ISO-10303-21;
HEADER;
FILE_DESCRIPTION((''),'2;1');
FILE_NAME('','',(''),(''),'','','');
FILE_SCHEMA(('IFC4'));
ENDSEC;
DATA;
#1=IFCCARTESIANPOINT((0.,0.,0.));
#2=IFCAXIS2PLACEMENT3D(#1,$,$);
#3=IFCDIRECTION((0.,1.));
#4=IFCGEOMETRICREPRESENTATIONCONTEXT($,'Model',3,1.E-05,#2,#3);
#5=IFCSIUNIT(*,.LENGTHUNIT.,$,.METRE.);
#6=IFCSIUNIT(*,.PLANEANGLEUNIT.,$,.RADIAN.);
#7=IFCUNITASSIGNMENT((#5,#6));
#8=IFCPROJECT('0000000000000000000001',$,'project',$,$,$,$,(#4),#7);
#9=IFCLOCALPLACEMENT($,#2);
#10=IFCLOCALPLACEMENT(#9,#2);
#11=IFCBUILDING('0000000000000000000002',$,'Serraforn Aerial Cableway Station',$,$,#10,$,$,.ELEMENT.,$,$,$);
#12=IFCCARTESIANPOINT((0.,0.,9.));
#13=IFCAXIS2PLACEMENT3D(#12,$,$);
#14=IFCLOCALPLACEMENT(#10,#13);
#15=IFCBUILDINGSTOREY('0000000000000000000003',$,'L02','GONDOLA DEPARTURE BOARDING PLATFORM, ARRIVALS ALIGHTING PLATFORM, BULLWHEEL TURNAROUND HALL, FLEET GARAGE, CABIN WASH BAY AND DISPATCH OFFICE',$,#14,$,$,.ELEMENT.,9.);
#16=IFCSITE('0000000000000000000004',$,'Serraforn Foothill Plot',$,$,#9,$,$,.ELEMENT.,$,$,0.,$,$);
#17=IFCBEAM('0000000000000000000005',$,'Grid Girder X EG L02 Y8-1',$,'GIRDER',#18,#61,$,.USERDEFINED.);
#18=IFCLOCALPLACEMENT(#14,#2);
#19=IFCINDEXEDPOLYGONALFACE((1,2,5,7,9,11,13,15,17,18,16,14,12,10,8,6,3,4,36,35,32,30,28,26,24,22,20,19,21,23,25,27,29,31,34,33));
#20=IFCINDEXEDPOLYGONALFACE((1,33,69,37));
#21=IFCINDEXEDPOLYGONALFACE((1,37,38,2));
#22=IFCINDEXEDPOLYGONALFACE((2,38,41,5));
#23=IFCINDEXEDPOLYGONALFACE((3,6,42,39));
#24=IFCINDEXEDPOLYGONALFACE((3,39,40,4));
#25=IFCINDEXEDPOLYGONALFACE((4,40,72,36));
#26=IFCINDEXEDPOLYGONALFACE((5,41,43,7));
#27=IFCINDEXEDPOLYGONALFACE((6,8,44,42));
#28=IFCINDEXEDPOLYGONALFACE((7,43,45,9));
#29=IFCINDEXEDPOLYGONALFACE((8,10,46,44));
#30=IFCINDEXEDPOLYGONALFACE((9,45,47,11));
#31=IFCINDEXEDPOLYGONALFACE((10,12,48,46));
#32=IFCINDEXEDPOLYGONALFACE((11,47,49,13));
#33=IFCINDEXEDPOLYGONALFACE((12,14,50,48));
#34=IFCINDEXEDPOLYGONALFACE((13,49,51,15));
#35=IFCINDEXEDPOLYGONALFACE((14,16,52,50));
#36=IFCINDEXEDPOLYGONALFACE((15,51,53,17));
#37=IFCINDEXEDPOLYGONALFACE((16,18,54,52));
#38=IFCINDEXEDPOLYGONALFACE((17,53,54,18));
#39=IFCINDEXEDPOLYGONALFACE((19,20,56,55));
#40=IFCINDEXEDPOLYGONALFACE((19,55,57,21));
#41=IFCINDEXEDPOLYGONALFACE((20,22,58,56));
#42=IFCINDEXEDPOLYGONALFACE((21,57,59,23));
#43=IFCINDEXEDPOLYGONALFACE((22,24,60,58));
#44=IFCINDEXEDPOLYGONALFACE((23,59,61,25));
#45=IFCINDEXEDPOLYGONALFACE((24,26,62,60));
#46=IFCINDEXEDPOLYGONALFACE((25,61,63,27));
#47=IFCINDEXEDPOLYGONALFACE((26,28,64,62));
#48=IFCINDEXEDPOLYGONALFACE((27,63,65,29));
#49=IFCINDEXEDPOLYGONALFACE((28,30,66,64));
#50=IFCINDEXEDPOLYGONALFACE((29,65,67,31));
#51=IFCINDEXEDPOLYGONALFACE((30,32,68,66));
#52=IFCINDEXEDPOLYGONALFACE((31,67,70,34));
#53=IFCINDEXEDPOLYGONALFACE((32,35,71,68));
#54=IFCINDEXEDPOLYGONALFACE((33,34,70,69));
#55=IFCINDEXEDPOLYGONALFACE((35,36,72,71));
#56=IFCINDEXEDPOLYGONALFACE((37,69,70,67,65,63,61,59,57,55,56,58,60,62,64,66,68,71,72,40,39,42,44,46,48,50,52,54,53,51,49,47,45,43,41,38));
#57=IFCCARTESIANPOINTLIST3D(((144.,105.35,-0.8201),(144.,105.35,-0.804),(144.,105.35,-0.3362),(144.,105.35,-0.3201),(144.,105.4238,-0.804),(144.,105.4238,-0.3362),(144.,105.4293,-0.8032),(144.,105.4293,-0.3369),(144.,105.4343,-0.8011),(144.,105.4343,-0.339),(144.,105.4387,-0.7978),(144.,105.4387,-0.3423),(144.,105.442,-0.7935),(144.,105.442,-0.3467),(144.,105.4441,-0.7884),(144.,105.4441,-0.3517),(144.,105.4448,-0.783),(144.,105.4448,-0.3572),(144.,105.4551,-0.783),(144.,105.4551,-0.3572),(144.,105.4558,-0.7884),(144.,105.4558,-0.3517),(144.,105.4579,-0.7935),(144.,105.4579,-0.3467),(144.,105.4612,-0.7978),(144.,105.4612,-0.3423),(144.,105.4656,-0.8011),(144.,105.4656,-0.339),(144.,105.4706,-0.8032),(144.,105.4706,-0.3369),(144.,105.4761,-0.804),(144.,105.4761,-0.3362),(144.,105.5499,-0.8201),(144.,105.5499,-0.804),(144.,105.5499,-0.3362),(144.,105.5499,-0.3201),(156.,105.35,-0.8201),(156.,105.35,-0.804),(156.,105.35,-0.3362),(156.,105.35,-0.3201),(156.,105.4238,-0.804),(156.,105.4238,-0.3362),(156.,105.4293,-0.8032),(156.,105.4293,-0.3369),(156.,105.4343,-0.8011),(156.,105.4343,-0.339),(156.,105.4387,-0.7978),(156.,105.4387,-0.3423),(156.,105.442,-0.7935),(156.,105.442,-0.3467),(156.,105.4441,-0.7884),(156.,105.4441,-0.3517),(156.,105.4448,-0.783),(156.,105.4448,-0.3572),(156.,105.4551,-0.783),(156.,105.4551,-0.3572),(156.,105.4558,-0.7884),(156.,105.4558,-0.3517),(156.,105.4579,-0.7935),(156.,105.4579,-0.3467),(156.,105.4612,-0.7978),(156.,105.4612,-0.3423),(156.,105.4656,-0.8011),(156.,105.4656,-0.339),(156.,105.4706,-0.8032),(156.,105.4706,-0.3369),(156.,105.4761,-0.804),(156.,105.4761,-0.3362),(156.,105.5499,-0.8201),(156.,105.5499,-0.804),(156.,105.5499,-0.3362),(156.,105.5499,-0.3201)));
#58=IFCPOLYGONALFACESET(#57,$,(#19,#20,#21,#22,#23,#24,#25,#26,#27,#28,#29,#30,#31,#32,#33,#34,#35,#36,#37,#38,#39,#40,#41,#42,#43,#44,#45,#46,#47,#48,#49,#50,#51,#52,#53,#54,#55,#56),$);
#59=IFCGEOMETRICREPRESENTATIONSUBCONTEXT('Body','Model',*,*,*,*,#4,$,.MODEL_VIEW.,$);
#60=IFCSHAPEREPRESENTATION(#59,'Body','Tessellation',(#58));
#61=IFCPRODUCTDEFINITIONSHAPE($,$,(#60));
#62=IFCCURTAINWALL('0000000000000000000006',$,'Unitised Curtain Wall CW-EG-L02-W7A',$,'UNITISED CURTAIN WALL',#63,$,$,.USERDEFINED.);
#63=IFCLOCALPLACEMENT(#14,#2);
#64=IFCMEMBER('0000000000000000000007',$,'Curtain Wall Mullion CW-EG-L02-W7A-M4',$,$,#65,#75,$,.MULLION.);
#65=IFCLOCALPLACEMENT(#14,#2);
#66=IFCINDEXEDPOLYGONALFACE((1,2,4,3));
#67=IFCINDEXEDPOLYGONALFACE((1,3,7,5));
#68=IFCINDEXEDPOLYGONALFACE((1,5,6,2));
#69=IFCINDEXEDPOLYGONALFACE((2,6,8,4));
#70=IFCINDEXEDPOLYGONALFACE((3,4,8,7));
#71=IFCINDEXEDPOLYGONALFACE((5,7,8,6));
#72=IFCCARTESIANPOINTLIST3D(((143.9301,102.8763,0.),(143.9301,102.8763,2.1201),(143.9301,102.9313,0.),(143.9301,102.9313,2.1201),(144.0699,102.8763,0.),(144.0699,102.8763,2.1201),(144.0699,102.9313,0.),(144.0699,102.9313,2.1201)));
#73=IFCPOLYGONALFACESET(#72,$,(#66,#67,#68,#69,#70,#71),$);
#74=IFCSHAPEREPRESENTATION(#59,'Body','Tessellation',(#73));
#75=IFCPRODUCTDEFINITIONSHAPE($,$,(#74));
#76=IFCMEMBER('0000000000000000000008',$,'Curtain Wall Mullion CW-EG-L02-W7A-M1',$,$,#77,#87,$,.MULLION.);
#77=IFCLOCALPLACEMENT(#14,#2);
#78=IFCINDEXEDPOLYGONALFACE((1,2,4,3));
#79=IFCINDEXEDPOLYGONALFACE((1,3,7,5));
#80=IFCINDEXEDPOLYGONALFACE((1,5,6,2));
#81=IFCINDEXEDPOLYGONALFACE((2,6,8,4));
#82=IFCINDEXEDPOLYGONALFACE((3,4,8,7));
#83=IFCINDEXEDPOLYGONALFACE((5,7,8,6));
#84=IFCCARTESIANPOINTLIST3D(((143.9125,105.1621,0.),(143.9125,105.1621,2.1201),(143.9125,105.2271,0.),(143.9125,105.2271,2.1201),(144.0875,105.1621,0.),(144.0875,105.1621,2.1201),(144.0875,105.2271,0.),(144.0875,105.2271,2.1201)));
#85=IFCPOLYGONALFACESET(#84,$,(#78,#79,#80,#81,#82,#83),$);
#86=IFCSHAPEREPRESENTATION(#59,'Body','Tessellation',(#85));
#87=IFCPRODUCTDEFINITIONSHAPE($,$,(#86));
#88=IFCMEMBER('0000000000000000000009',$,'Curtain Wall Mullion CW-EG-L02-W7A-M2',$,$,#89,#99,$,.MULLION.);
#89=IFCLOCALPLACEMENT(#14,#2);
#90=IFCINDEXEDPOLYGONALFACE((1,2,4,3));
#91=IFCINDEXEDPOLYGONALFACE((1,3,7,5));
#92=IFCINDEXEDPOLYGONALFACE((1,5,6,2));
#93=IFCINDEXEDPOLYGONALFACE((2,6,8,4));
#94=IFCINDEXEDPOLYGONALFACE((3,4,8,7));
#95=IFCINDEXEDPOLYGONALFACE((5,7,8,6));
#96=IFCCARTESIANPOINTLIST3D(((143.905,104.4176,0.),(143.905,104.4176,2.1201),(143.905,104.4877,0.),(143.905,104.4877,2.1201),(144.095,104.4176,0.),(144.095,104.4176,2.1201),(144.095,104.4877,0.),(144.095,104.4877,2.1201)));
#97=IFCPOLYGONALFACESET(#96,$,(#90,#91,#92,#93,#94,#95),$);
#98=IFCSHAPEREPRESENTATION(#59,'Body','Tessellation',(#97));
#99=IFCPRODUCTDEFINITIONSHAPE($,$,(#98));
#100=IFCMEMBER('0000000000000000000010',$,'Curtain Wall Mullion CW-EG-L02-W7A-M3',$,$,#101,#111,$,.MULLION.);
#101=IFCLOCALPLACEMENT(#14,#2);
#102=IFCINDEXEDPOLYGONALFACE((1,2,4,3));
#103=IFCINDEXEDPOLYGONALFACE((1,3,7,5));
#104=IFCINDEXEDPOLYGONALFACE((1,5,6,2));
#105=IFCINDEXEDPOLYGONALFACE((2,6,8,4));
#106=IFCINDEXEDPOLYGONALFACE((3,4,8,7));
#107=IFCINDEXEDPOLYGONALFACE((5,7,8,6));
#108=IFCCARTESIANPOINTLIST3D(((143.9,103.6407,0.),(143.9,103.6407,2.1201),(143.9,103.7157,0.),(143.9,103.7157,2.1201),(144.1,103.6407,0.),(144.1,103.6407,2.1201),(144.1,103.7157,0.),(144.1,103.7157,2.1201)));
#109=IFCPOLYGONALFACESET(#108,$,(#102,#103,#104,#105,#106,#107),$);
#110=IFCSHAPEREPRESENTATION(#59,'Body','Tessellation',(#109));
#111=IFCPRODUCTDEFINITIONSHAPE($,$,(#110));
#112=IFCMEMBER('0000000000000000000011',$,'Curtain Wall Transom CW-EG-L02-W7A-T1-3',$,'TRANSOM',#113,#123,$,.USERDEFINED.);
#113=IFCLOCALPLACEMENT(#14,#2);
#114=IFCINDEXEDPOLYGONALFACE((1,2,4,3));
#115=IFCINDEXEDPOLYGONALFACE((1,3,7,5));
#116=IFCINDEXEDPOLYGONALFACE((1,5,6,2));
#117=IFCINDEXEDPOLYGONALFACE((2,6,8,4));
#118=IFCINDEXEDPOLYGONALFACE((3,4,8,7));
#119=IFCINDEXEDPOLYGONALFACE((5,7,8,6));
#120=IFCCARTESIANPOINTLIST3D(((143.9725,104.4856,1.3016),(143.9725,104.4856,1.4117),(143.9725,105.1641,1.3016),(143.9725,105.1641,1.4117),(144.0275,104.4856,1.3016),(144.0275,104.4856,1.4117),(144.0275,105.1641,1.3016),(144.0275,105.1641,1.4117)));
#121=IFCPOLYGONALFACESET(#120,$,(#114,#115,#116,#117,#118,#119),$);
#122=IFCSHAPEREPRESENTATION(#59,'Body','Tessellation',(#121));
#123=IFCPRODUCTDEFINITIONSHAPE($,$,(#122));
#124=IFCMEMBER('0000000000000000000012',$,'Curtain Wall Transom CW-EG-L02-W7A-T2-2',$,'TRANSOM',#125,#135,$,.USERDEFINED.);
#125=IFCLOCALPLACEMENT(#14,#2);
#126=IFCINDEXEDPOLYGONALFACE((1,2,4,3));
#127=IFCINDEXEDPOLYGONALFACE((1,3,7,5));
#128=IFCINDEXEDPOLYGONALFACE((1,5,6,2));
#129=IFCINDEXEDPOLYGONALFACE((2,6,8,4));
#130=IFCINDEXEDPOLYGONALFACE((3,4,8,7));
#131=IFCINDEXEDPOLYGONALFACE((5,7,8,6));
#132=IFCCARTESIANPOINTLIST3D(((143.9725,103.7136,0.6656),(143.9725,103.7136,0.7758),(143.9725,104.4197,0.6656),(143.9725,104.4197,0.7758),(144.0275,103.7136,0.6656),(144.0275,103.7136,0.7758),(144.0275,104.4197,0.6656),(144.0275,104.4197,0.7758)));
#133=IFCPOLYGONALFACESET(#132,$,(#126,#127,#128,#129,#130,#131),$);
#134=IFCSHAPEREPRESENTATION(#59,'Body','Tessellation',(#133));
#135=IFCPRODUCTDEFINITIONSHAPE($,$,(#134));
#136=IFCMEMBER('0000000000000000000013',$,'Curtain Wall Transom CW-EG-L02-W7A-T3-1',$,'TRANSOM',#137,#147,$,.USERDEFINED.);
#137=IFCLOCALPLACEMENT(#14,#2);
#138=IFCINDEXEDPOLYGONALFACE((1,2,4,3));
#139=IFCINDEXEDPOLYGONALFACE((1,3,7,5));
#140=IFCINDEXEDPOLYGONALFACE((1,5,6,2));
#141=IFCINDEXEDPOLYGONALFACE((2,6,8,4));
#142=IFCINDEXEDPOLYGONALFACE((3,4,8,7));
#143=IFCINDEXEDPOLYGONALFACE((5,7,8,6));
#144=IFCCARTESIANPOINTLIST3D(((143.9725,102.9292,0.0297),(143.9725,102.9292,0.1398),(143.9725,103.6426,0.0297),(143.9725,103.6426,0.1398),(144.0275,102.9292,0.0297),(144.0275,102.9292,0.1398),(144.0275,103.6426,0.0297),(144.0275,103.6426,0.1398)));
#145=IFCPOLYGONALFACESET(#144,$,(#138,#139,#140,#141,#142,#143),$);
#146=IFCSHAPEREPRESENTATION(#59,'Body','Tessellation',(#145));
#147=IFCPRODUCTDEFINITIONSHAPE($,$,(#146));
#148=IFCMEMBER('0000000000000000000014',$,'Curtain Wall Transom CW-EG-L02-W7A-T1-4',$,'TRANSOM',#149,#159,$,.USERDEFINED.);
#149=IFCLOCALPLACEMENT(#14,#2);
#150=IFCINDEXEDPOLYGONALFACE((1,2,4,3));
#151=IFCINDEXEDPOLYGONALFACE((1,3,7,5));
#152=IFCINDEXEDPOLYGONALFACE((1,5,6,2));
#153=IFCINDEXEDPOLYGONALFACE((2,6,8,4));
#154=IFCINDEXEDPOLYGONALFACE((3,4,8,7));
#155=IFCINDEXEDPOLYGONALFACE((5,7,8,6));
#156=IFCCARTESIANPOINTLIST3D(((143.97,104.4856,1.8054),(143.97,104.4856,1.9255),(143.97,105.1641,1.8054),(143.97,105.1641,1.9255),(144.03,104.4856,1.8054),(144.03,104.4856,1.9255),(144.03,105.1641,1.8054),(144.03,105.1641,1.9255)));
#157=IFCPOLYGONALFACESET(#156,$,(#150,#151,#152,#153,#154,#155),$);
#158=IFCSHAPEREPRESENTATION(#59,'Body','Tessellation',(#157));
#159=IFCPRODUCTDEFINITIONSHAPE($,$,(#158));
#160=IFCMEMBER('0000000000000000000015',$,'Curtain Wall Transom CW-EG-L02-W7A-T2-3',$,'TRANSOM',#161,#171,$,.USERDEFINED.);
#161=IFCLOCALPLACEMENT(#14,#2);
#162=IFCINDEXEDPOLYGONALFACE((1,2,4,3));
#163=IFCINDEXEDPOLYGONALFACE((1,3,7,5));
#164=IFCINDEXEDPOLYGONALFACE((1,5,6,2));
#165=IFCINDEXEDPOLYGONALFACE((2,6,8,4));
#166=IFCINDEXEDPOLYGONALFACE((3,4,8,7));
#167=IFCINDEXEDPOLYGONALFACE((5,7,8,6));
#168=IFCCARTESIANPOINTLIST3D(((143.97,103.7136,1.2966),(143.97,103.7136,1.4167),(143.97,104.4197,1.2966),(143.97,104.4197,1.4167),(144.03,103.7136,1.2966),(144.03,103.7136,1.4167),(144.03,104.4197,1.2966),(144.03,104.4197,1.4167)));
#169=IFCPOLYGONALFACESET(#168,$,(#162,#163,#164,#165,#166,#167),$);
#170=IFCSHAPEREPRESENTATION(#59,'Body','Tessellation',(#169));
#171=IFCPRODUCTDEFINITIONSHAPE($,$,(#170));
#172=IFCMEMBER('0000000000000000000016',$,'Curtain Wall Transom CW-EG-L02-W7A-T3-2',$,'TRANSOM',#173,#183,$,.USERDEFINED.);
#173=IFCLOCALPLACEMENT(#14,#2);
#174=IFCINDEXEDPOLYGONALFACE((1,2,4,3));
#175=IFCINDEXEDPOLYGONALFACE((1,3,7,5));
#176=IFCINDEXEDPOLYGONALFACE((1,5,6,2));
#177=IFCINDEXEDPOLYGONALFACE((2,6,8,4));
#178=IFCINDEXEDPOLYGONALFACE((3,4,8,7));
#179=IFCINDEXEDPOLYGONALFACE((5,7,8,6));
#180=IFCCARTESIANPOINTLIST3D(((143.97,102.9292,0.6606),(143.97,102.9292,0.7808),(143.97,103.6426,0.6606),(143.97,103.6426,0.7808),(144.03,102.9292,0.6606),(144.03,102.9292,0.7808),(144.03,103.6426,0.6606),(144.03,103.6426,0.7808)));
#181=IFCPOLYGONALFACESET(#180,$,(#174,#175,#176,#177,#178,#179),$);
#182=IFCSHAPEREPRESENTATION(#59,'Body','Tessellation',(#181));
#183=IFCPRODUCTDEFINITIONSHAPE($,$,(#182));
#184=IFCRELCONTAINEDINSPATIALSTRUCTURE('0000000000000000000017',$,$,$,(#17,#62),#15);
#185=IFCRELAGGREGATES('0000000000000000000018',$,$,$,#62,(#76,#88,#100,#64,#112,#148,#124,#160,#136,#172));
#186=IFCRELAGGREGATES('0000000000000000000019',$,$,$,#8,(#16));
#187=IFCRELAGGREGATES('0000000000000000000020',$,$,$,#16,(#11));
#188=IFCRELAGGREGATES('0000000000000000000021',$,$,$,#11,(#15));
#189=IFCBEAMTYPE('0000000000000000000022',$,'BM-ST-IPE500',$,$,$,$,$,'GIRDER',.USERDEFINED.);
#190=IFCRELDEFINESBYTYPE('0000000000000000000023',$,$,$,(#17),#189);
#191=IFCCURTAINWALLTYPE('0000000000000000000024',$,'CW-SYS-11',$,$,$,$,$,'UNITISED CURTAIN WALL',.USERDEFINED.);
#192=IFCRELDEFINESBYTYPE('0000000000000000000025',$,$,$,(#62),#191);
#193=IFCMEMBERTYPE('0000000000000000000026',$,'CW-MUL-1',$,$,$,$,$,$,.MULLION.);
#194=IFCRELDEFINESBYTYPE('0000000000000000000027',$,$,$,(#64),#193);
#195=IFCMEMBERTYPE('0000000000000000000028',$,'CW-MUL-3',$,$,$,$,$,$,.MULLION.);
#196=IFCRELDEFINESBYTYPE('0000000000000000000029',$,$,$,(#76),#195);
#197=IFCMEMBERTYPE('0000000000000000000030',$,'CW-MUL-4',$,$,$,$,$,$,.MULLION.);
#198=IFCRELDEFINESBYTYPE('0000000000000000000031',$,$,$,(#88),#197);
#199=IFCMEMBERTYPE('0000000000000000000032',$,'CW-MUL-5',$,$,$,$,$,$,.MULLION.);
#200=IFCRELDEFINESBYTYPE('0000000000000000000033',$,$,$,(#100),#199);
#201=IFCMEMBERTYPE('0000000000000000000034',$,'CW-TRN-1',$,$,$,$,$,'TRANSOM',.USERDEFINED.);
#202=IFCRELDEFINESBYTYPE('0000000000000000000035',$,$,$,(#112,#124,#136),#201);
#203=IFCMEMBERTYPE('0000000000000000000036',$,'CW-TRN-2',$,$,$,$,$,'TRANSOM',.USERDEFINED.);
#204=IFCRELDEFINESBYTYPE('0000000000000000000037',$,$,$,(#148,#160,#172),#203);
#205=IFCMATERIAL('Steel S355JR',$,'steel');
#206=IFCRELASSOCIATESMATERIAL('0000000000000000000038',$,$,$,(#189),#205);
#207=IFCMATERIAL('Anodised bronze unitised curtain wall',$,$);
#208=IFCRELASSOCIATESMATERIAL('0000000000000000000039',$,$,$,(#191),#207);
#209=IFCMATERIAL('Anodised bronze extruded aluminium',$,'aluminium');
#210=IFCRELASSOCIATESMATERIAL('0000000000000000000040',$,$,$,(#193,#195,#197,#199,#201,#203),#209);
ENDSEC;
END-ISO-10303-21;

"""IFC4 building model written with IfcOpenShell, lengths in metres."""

from ifc_helpers import new_model, si_unit, direction, frame, origin, origin_2d, place, context, subcontext, project, spatial, rectangle, i_section, extrude, material, material_profile, profile_set, type_object, element, aggregate, save


model = new_model("IFC4")

# Units and contexts
model_context = context("Model", 3, precision=1e-05, world=origin(), true_north=direction((0.0, 1.0)))
body_context = subcontext(model_context, "Body", "Model", "MODEL_VIEW")
ifc_project = project(units=[si_unit("LENGTHUNIT", "METRE"), si_unit("PLANEANGLEUNIT", "RADIAN")], contexts=[model_context])

# Site, building, storey
site_placement = place(None, origin())
site = spatial("IfcSite", under=ifc_project, at=site_placement, Name="Serraforn Foothill Plot", CompositionType="ELEMENT", RefElevation=0.0)
building_placement = place(site_placement, origin())
building = spatial("IfcBuilding", under=site, at=building_placement, Name="Serraforn Aerial Cableway Station", CompositionType="ELEMENT")
storey_placement = place(building_placement, frame((0.0, 0.0, 9.0)))
storey = spatial("IfcBuildingStorey", under=building, at=storey_placement, Name="L02", Description="GONDOLA DEPARTURE BOARDING PLATFORM, ARRIVALS ALIGHTING PLATFORM, BULLWHEEL TURNAROUND HALL, FLEET GARAGE, CABIN WASH BAY AND DISPATCH OFFICE", CompositionType="ELEMENT", Elevation=9.0)

# Beam
ifc_material_1 = material(Name="Steel S355JR", Category="steel")
ifc_material_profile_1 = material_profile(ifc_material_1, i_section(OverallWidth=0.2, OverallDepth=0.5, WebThickness=0.0103, FlangeThickness=0.0161, FilletRadius=0.021, at=origin_2d()), Name="IPE 500")
ifc_profile_set_1 = profile_set([ifc_material_profile_1], Name="Steel S355JR")
beam_type_1 = type_object("IfcBeamType", Name="BM-ST-IPE500", ElementType="GIRDER", PredefinedType="USERDEFINED", material=ifc_profile_set_1)
beam_1_placement = place(storey_placement, frame((144.0, 105.45, -0.5701), z_axis=(1.0, 0.0, 0.0), x_axis=(0.0, 1.0, 0.0)))
element("IfcBeam", 1, at=beam_1_placement, inside=storey, type_object=beam_type_1, Name="Grid Girder X EG L02 Y8-1", ObjectType="GIRDER", PredefinedType="USERDEFINED", context=body_context, shape_type="SweptSolid", body=[
    extrude(i_section(OverallWidth=0.2, OverallDepth=0.5, WebThickness=0.0103, FlangeThickness=0.0161, FilletRadius=0.021, at=origin_2d()), origin(), (0.0, 0.0, 1.0), 12.0),
])

# Curtain wall, members
ifc_material_2 = material(Name="Anodised bronze unitised curtain wall")
curtain_wall_type = type_object("IfcCurtainWallType", Name="CW-SYS-11", ElementType="UNITISED CURTAIN WALL", PredefinedType="USERDEFINED", material=ifc_material_2)
curtain_wall_placement = place(storey_placement, origin())
curtain_wall = element("IfcCurtainWall", 2, at=curtain_wall_placement, inside=storey, type_object=curtain_wall_type, Name="Unitised Curtain Wall CW-EG-L02-W7A", ObjectType="UNITISED CURTAIN WALL", PredefinedType="USERDEFINED")
ifc_material_3 = material(Name="Anodised bronze extruded aluminium", Category="aluminium")
ifc_material_profile_2 = material_profile(ifc_material_3, rectangle(XDim=0.0549, YDim=0.1399, at=origin_2d()), Name="CW MULLION 55x140")
ifc_profile_set_2 = profile_set([ifc_material_profile_2], Name="Anodised bronze extruded aluminium")
member_type_1 = type_object("IfcMemberType", Name="CW-MUL-1", PredefinedType="MULLION", material=ifc_profile_set_2)
member_1_placement = place(storey_placement, frame((144.0, 102.9038, 0.0), z_axis=(0.0, 0.0, 1.0), x_axis=(0.0, -1.0, 0.0)))
member_1 = element("IfcMember", 3, at=member_1_placement, type_object=member_type_1, Name="Curtain Wall Mullion CW-EG-L02-W7A-M4", PredefinedType="MULLION", context=body_context, shape_type="SweptSolid", body=[
    extrude(rectangle(XDim=0.0549, YDim=0.1399, at=origin_2d()), origin(), (0.0, 0.0, 1.0), 2.1201),
])
ifc_material_profile_3 = material_profile(ifc_material_3, rectangle(XDim=0.0649, YDim=0.175, at=origin_2d()), Name="CW MULLION 65x175")
ifc_profile_set_3 = profile_set([ifc_material_profile_3], Name="Anodised bronze extruded aluminium")
member_type_2 = type_object("IfcMemberType", Name="CW-MUL-3", PredefinedType="MULLION", material=ifc_profile_set_3)
member_2_placement = place(storey_placement, frame((144.0, 105.1946, 0.0), z_axis=(0.0, 0.0, 1.0), x_axis=(0.0, -1.0, 0.0)))
member_2 = element("IfcMember", 4, at=member_2_placement, type_object=member_type_2, Name="Curtain Wall Mullion CW-EG-L02-W7A-M1", PredefinedType="MULLION", context=body_context, shape_type="SweptSolid", body=[
    extrude(rectangle(XDim=0.0649, YDim=0.175, at=origin_2d()), origin(), (0.0, 0.0, 1.0), 2.1201),
])
ifc_material_profile_4 = material_profile(ifc_material_3, rectangle(XDim=0.0701, YDim=0.1899, at=origin_2d()), Name="CW MULLION 70x190")
ifc_profile_set_4 = profile_set([ifc_material_profile_4], Name="Anodised bronze extruded aluminium")
member_type_3 = type_object("IfcMemberType", Name="CW-MUL-4", PredefinedType="MULLION", material=ifc_profile_set_4)
member_3_placement = place(storey_placement, frame((144.0, 104.4526, 0.0), z_axis=(0.0, 0.0, 1.0), x_axis=(0.0, -1.0, 0.0)))
member_3 = element("IfcMember", 5, at=member_3_placement, type_object=member_type_3, Name="Curtain Wall Mullion CW-EG-L02-W7A-M2", PredefinedType="MULLION", context=body_context, shape_type="SweptSolid", body=[
    extrude(rectangle(XDim=0.0701, YDim=0.1899, at=origin_2d()), origin(), (0.0, 0.0, 1.0), 2.1201),
])
ifc_material_profile_5 = material_profile(ifc_material_3, rectangle(XDim=0.075, YDim=0.2, at=origin_2d()), Name="CW MULLION 75x200")
ifc_profile_set_5 = profile_set([ifc_material_profile_5], Name="Anodised bronze extruded aluminium")
member_type_4 = type_object("IfcMemberType", Name="CW-MUL-5", PredefinedType="MULLION", material=ifc_profile_set_5)
member_4_placement = place(storey_placement, frame((144.0, 103.6782, 0.0), z_axis=(0.0, 0.0, 1.0), x_axis=(0.0, -1.0, 0.0)))
member_4 = element("IfcMember", 6, at=member_4_placement, type_object=member_type_4, Name="Curtain Wall Mullion CW-EG-L02-W7A-M3", PredefinedType="MULLION", context=body_context, shape_type="SweptSolid", body=[
    extrude(rectangle(XDim=0.075, YDim=0.2, at=origin_2d()), origin(), (0.0, 0.0, 1.0), 2.1201),
])
ifc_material_profile_6 = material_profile(ifc_material_3, rectangle(XDim=0.0549, YDim=0.1101, at=origin_2d()), Name="CW TRANSOM 55x110")
ifc_profile_set_6 = profile_set([ifc_material_profile_6], Name="Anodised bronze extruded aluminium")
member_type_5 = type_object("IfcMemberType", Name="CW-TRN-1", ElementType="TRANSOM", PredefinedType="USERDEFINED", material=ifc_profile_set_6)
member_5_placement = place(storey_placement, frame((144.0, 105.1641, 1.3567), z_axis=(0.0, -1.0, 0.0), x_axis=(1.0, 0.0, 0.0)))
member_5 = element("IfcMember", 7, at=member_5_placement, type_object=member_type_5, Name="Curtain Wall Transom CW-EG-L02-W7A-T1-3", ObjectType="TRANSOM", PredefinedType="USERDEFINED", context=body_context, shape_type="SweptSolid", body=[
    extrude(rectangle(XDim=0.0549, YDim=0.1101, at=origin_2d()), origin(), (0.0, 0.0, 1.0), 0.6785),
])
member_6_placement = place(storey_placement, frame((144.0, 104.4197, 0.7207), z_axis=(0.0, -1.0, 0.0), x_axis=(1.0, 0.0, 0.0)))
member_6 = element("IfcMember", 8, at=member_6_placement, type_object=member_type_5, Name="Curtain Wall Transom CW-EG-L02-W7A-T2-2", ObjectType="TRANSOM", PredefinedType="USERDEFINED", context=body_context, shape_type="SweptSolid", body=[
    extrude(rectangle(XDim=0.0549, YDim=0.1101, at=origin_2d()), origin(), (0.0, 0.0, 1.0), 0.7061),
])
member_7_placement = place(storey_placement, frame((144.0, 103.6426, 0.0847), z_axis=(0.0, -1.0, 0.0), x_axis=(1.0, 0.0, 0.0)))
member_7 = element("IfcMember", 9, at=member_7_placement, type_object=member_type_5, Name="Curtain Wall Transom CW-EG-L02-W7A-T3-1", ObjectType="TRANSOM", PredefinedType="USERDEFINED", context=body_context, shape_type="SweptSolid", body=[
    extrude(rectangle(XDim=0.0549, YDim=0.1101, at=origin_2d()), origin(), (0.0, 0.0, 1.0), 0.7134),
])
ifc_material_profile_7 = material_profile(ifc_material_3, rectangle(XDim=0.0601, YDim=0.1201, at=origin_2d()), Name="CW TRANSOM 60x120")
ifc_profile_set_7 = profile_set([ifc_material_profile_7], Name="Anodised bronze extruded aluminium")
member_type_6 = type_object("IfcMemberType", Name="CW-TRN-2", ElementType="TRANSOM", PredefinedType="USERDEFINED", material=ifc_profile_set_7)
member_8_placement = place(storey_placement, frame((144.0, 105.1641, 1.8655), z_axis=(0.0, -1.0, 0.0), x_axis=(1.0, 0.0, 0.0)))
member_8 = element("IfcMember", 10, at=member_8_placement, type_object=member_type_6, Name="Curtain Wall Transom CW-EG-L02-W7A-T1-4", ObjectType="TRANSOM", PredefinedType="USERDEFINED", context=body_context, shape_type="SweptSolid", body=[
    extrude(rectangle(XDim=0.0601, YDim=0.1201, at=origin_2d()), origin(), (0.0, 0.0, 1.0), 0.6785),
])
member_9_placement = place(storey_placement, frame((144.0, 104.4197, 1.3567), z_axis=(0.0, -1.0, 0.0), x_axis=(1.0, 0.0, 0.0)))
member_9 = element("IfcMember", 11, at=member_9_placement, type_object=member_type_6, Name="Curtain Wall Transom CW-EG-L02-W7A-T2-3", ObjectType="TRANSOM", PredefinedType="USERDEFINED", context=body_context, shape_type="SweptSolid", body=[
    extrude(rectangle(XDim=0.0601, YDim=0.1201, at=origin_2d()), origin(), (0.0, 0.0, 1.0), 0.7061),
])
member_10_placement = place(storey_placement, frame((144.0, 103.6426, 0.7207), z_axis=(0.0, -1.0, 0.0), x_axis=(1.0, 0.0, 0.0)))
member_10 = element("IfcMember", 12, at=member_10_placement, type_object=member_type_6, Name="Curtain Wall Transom CW-EG-L02-W7A-T3-2", ObjectType="TRANSOM", PredefinedType="USERDEFINED", context=body_context, shape_type="SweptSolid", body=[
    extrude(rectangle(XDim=0.0601, YDim=0.1201, at=origin_2d()), origin(), (0.0, 0.0, 1.0), 0.7134),
])

aggregate(curtain_wall, [member_2, member_3, member_4, member_1, member_5, member_8, member_6, member_9, member_7, member_10])

save(model, "model.ifc")
